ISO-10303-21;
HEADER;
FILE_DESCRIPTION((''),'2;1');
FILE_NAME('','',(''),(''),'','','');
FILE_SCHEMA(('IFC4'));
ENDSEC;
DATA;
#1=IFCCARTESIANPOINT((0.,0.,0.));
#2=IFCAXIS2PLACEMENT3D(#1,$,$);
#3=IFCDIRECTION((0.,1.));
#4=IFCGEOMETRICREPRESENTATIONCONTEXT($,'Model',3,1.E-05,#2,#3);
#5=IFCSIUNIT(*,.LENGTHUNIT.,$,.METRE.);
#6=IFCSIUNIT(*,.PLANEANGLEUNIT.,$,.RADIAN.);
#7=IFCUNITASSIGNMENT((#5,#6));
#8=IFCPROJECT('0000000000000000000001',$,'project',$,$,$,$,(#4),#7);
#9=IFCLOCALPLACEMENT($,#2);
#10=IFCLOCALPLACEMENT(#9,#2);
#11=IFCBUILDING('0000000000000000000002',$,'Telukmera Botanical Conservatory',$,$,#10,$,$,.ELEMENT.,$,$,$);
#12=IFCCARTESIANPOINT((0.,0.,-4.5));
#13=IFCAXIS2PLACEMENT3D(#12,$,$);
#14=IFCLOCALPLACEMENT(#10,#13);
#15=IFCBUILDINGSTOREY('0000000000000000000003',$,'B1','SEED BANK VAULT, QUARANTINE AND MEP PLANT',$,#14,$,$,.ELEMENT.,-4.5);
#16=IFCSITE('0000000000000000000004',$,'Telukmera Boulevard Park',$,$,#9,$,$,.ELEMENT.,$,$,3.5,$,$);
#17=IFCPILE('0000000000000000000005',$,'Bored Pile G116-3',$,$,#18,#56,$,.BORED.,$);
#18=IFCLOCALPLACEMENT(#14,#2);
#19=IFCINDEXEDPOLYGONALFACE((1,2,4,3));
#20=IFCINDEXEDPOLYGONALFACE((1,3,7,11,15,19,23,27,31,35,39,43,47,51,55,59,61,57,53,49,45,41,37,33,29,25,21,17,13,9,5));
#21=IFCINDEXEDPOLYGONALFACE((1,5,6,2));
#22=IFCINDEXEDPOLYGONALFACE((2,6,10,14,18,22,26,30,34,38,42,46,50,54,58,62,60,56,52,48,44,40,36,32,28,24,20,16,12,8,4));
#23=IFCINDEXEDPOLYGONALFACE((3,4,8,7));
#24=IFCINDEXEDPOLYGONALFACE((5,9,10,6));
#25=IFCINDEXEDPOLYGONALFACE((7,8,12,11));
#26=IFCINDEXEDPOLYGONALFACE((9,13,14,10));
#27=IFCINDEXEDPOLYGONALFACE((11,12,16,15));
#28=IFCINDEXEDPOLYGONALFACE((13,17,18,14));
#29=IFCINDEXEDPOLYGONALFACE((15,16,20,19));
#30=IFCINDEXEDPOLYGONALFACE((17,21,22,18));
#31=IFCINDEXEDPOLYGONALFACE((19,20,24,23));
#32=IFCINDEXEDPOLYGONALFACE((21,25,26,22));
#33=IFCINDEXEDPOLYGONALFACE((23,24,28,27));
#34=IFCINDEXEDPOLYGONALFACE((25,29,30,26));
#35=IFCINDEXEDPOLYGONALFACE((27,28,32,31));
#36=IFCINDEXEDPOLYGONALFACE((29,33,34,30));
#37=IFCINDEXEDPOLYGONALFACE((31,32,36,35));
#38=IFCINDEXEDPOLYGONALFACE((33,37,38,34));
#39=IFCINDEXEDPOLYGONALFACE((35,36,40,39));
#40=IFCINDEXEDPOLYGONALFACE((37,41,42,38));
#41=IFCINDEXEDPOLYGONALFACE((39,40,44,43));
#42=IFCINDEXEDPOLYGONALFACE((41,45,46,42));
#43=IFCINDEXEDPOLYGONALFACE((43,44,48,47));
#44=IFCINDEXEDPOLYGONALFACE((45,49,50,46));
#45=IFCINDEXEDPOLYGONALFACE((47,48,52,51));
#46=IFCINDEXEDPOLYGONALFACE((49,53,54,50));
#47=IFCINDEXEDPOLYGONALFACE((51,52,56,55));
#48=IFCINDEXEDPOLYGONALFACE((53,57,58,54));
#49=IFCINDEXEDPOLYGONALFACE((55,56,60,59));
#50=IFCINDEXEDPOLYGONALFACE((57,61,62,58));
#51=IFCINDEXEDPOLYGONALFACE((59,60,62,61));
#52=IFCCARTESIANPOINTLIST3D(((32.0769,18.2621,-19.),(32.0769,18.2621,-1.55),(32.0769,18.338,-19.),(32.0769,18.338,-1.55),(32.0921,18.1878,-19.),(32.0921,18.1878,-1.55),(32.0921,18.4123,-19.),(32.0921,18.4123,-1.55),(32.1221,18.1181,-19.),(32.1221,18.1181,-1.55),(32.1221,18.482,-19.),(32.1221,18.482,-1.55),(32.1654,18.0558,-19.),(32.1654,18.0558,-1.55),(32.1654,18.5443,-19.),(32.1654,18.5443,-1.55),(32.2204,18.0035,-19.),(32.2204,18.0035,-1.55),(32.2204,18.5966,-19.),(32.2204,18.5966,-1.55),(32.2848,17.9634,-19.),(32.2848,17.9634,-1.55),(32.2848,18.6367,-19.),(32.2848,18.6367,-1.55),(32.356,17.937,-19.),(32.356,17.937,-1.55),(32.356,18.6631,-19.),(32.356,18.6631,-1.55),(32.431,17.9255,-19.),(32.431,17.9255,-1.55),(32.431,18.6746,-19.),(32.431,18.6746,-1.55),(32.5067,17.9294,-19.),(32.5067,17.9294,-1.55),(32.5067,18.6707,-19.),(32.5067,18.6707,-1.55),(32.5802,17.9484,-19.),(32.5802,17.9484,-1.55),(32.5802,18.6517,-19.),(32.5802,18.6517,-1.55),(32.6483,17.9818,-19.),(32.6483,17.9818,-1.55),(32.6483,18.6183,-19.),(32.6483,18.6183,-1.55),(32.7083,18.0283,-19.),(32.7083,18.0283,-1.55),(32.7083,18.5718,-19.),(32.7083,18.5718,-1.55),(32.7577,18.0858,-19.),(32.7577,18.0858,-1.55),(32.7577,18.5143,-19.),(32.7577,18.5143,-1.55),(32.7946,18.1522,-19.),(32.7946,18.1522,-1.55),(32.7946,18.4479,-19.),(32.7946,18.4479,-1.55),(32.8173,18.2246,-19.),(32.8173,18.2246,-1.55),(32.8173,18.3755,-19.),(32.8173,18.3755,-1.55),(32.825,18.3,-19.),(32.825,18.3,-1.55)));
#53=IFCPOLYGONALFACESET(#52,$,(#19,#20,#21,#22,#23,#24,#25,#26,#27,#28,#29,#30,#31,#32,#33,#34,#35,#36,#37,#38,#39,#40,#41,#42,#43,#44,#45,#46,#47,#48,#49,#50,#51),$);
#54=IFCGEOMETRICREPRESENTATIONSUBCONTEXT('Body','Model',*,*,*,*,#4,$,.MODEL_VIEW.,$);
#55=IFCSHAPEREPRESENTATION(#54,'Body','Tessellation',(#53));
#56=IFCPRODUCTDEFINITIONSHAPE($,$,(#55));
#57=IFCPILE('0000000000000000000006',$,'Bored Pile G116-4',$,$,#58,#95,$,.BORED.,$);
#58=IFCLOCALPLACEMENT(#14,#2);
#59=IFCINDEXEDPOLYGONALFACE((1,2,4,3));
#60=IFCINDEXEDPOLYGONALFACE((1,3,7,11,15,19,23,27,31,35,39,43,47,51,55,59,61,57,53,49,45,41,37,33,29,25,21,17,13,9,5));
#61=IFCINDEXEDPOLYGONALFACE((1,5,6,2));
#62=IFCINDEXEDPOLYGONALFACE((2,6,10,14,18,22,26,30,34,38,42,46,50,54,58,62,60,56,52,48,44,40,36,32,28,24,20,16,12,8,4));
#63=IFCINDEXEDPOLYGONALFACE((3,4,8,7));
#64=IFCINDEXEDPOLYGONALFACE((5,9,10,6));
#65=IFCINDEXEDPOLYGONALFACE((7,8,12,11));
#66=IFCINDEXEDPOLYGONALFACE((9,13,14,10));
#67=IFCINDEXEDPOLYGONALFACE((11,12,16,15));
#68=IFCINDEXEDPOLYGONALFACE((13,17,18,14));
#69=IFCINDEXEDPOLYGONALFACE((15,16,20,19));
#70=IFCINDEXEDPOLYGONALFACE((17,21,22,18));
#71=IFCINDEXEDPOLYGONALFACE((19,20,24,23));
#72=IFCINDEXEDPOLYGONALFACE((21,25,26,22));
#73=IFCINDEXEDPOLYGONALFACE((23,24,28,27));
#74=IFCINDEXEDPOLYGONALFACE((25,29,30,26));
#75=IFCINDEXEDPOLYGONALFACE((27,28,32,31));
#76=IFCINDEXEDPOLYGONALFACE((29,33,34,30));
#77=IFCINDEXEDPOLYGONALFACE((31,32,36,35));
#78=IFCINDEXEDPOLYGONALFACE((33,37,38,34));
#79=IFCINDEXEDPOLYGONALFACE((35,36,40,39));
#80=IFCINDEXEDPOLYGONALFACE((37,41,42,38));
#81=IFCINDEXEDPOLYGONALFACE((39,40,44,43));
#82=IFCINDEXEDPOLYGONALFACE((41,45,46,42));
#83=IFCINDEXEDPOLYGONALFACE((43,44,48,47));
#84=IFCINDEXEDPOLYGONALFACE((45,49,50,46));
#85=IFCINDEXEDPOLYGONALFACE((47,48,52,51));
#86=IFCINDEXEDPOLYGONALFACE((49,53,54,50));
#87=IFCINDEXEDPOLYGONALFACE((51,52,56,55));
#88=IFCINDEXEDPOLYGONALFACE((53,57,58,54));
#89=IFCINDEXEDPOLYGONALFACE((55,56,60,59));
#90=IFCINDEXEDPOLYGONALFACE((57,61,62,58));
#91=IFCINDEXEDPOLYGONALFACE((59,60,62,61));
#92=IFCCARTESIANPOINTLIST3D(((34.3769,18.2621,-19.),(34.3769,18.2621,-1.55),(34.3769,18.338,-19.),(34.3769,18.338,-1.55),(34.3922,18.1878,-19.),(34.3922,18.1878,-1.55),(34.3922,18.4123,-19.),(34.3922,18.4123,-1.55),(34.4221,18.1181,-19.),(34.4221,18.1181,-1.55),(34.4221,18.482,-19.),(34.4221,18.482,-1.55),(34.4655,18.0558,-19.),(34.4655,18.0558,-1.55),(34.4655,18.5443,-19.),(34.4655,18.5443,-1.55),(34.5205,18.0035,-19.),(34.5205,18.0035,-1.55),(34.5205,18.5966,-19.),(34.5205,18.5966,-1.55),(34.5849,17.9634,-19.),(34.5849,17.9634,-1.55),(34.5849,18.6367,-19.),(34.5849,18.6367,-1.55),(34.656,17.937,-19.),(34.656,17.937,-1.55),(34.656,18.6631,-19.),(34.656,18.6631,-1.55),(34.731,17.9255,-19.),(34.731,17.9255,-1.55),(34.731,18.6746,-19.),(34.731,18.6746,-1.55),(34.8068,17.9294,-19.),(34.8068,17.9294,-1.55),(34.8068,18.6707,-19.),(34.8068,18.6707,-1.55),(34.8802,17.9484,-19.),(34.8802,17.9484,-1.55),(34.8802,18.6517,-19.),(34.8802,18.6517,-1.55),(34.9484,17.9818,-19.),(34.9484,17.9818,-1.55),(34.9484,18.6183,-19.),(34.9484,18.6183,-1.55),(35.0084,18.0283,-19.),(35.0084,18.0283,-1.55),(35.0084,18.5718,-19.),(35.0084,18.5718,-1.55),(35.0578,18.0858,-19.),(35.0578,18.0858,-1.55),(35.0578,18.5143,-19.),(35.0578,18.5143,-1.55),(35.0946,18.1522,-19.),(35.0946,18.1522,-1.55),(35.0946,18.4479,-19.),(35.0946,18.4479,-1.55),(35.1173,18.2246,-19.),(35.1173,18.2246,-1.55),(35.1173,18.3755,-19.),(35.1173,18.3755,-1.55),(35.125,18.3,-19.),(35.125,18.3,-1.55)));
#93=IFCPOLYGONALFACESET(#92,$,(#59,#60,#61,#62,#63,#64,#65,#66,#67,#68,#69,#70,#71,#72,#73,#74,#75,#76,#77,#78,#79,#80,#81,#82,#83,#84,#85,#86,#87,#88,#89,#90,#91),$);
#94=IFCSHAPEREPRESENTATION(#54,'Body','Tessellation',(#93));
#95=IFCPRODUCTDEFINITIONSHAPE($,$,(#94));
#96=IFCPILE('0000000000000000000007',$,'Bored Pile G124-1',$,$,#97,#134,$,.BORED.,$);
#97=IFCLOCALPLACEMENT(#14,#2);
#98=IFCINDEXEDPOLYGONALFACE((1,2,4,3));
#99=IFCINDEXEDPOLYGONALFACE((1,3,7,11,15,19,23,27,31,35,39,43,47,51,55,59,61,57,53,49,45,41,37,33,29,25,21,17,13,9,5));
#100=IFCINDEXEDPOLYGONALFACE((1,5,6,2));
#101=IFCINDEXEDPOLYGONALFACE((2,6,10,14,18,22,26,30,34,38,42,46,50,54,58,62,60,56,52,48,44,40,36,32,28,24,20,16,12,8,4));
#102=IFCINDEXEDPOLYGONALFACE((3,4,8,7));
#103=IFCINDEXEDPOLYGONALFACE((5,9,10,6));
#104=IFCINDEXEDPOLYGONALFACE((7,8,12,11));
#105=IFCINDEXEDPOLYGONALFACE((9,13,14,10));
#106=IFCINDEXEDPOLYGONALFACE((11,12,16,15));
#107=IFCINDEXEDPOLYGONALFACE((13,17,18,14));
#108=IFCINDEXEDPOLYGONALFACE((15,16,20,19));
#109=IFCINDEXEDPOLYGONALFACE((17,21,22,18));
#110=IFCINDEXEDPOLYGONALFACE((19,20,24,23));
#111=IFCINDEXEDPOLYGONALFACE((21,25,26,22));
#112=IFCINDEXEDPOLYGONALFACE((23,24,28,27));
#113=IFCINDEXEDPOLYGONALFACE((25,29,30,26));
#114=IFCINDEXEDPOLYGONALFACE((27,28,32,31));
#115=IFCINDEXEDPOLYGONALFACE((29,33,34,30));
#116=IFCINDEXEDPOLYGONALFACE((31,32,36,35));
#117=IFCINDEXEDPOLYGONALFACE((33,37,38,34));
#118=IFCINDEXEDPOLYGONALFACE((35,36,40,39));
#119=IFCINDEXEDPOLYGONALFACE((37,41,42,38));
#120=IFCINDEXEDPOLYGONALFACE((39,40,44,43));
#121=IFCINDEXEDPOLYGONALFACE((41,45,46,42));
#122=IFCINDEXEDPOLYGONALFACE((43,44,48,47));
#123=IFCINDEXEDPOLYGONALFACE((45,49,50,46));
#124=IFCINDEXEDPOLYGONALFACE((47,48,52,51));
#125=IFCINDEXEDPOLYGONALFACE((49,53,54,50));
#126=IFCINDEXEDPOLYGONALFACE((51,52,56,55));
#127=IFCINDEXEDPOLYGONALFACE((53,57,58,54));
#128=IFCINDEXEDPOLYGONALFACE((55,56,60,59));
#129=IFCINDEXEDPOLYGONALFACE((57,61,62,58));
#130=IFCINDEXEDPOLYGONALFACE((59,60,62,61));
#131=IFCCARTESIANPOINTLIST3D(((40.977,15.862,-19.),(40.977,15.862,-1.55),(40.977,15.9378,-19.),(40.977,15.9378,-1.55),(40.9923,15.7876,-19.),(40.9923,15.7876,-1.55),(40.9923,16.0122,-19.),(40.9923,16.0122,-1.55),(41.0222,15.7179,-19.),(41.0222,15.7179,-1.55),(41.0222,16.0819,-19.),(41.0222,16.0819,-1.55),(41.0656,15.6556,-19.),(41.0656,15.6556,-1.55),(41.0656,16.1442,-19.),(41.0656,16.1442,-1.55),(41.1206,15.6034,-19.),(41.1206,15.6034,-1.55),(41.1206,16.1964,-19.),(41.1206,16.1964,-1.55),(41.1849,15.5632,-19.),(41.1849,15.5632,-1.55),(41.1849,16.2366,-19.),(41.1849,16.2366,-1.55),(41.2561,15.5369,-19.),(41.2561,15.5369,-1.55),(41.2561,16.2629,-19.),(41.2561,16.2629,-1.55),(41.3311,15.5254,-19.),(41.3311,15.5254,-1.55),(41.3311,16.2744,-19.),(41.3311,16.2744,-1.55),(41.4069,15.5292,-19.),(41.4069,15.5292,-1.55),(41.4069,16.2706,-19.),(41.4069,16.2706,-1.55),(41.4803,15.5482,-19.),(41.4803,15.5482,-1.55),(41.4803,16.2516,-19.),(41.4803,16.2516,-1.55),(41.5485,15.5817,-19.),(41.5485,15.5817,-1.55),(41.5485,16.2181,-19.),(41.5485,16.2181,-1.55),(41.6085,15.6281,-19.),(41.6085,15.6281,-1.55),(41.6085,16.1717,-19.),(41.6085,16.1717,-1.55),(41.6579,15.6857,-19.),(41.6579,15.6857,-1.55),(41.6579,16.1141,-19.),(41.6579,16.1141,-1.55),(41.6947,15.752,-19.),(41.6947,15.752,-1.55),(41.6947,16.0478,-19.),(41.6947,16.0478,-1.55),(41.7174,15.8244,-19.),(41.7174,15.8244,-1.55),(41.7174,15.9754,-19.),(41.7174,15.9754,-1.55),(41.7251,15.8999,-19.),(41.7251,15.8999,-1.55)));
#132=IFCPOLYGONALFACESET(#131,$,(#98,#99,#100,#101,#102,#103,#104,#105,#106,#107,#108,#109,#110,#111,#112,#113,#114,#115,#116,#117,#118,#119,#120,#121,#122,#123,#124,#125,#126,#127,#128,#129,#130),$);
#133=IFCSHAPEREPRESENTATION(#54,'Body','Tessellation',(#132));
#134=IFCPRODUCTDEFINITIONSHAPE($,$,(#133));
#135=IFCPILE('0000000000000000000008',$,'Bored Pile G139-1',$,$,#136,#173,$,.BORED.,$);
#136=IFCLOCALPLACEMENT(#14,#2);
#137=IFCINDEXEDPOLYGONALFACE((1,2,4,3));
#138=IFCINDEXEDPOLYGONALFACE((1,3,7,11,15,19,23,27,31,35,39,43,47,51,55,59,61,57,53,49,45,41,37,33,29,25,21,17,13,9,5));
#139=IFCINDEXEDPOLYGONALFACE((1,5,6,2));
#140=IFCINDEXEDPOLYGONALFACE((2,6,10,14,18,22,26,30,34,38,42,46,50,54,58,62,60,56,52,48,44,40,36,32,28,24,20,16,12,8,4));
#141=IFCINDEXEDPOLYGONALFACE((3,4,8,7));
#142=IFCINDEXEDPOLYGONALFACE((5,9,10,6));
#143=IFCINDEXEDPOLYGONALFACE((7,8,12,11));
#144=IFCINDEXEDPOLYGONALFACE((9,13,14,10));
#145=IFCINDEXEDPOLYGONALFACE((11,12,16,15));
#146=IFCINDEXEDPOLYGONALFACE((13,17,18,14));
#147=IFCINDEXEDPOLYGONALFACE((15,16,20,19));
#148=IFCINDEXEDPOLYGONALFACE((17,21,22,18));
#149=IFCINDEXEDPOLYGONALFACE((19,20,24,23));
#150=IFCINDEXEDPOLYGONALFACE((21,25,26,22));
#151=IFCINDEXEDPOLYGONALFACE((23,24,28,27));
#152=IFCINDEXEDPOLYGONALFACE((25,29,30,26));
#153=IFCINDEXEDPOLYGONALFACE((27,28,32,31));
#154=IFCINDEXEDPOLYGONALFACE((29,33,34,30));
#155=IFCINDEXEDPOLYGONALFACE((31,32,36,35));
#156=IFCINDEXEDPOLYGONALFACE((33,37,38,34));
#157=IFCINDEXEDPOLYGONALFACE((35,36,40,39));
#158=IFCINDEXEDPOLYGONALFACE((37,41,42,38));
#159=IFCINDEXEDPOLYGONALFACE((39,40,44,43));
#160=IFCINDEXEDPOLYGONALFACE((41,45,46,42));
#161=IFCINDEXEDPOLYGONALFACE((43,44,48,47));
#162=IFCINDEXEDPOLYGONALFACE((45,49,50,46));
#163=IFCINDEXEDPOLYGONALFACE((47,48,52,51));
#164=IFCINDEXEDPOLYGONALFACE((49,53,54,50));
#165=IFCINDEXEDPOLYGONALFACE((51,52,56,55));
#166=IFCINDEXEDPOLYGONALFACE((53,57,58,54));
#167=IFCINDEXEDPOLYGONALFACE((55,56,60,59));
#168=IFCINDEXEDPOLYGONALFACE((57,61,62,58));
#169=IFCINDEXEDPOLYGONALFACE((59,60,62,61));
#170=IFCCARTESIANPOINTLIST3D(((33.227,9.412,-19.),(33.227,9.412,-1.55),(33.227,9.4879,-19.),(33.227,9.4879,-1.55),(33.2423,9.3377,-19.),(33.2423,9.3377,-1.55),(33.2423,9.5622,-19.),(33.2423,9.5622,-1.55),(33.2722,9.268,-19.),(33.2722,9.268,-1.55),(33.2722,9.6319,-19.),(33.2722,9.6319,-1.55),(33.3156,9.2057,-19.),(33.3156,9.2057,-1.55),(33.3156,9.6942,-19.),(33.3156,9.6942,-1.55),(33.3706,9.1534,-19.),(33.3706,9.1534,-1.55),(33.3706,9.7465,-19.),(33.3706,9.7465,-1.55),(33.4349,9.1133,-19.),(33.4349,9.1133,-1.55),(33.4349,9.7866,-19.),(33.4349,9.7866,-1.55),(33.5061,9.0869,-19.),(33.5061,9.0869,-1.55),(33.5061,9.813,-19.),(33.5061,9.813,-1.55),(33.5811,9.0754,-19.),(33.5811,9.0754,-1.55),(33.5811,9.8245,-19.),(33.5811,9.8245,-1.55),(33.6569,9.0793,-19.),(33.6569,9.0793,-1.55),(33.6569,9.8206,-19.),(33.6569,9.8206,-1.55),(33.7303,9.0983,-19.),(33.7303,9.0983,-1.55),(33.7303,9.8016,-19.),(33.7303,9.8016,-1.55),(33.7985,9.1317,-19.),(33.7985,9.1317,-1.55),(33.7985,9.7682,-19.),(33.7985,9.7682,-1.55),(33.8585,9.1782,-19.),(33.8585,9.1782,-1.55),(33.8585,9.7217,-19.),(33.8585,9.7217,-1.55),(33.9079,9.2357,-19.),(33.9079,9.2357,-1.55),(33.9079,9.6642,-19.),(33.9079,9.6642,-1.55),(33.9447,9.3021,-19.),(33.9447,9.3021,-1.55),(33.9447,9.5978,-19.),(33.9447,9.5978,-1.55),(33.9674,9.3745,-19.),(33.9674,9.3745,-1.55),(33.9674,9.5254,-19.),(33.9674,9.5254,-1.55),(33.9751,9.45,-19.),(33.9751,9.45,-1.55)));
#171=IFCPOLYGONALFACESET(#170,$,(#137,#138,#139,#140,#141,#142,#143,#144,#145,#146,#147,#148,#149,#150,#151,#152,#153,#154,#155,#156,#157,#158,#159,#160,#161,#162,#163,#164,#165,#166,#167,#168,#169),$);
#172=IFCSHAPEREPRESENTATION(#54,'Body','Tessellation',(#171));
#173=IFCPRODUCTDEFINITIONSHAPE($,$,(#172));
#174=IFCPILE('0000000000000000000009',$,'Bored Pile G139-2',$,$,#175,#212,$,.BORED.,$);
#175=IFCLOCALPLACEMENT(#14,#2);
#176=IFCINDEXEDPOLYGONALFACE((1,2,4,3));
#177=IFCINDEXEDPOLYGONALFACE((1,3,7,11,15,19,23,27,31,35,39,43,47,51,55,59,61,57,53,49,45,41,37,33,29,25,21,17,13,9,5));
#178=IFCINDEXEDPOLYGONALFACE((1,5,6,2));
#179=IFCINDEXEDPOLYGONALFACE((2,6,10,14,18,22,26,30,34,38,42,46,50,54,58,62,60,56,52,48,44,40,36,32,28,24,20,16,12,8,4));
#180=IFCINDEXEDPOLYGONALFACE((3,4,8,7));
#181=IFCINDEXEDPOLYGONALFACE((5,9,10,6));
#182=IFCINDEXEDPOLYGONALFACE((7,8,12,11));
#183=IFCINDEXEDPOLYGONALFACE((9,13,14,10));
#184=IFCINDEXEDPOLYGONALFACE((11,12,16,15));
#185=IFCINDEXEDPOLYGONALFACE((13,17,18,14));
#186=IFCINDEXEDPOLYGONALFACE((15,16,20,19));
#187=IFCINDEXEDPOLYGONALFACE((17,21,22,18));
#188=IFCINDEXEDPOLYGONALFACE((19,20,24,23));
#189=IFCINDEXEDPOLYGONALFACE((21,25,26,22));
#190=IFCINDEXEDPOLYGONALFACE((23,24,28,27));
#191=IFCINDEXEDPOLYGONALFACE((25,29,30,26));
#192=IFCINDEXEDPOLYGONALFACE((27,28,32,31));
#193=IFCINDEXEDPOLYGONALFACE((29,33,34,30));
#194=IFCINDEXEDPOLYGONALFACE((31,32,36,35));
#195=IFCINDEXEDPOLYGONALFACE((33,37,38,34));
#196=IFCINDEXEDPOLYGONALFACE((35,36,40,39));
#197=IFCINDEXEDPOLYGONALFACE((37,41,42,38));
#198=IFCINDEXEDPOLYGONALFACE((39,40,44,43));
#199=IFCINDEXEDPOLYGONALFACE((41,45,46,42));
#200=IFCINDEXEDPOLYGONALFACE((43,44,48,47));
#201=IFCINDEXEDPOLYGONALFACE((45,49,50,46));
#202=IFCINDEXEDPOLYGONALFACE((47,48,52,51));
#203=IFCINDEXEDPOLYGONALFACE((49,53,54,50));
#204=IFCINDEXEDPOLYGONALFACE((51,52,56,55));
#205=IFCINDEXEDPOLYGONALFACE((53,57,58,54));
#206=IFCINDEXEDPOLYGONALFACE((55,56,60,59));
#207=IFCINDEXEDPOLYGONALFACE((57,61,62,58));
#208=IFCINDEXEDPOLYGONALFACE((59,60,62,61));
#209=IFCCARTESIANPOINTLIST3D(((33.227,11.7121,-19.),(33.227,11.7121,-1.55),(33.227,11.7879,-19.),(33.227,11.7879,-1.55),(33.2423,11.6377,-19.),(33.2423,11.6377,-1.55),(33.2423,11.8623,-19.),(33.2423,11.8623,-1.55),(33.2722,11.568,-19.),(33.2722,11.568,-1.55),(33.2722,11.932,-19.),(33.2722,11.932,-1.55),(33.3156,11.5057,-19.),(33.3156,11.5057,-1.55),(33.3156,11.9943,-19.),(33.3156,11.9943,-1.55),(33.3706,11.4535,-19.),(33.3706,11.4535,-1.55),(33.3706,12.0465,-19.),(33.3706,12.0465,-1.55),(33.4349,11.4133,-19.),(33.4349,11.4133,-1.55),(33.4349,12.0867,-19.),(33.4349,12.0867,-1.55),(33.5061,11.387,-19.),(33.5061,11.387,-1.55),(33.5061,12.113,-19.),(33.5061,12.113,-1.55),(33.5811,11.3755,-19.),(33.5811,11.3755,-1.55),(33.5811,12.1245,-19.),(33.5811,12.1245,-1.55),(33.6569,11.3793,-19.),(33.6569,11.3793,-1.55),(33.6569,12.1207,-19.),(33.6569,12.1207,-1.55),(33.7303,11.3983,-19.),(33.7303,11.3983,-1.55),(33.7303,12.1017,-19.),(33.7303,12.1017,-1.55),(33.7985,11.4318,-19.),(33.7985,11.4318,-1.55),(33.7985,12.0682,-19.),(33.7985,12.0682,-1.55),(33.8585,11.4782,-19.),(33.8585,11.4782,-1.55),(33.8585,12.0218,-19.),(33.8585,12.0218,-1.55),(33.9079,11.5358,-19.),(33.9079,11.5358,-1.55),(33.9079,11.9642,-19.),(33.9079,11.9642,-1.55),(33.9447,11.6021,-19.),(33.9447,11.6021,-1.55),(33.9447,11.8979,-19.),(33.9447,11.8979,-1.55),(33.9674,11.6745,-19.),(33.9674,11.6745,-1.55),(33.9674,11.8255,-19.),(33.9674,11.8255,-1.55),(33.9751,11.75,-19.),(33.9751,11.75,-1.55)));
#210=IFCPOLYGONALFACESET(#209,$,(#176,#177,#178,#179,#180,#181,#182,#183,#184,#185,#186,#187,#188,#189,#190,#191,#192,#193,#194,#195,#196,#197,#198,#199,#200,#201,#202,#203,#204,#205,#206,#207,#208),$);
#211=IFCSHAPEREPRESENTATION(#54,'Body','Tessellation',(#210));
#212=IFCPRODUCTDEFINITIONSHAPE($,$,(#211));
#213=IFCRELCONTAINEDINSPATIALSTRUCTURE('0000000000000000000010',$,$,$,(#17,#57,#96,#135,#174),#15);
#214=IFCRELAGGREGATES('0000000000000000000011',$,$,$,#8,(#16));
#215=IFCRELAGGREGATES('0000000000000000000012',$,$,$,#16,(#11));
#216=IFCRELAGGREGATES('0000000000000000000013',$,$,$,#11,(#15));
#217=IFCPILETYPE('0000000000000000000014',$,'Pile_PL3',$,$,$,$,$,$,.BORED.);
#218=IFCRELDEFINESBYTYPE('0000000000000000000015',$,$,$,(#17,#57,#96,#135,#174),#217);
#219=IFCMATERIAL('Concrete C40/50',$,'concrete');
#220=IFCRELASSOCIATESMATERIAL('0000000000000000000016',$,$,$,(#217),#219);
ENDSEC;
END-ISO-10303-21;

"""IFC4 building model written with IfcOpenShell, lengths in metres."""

from ifc_helpers import new_model, si_unit, direction, frame, origin, origin_2d, place, context, subcontext, project, spatial, circle, extrude, material, material_profile, profile_set, type_object, element, save


model = new_model("IFC4")

# Units and contexts
model_context = context("Model", 3, precision=1e-05, world=origin(), true_north=direction((0.0, 1.0)))
body_context = subcontext(model_context, "Body", "Model", "MODEL_VIEW")
ifc_project = project(units=[si_unit("LENGTHUNIT", "METRE"), si_unit("PLANEANGLEUNIT", "RADIAN")], contexts=[model_context])

# Site, building, storey
site_placement = place(None, origin())
site = spatial("IfcSite", under=ifc_project, at=site_placement, Name="Telukmera Boulevard Park", CompositionType="ELEMENT", RefElevation=3.5)
building_placement = place(site_placement, origin())
building = spatial("IfcBuilding", under=site, at=building_placement, Name="Telukmera Botanical Conservatory", CompositionType="ELEMENT")
storey_placement = place(building_placement, frame((0.0, 0.0, -4.5)))
storey = spatial("IfcBuildingStorey", under=building, at=storey_placement, Name="B1", Description="SEED BANK VAULT, QUARANTINE AND MEP PLANT", CompositionType="ELEMENT", Elevation=-4.5)

# Shared definitions
ifc_material_1 = material(Name="Concrete C40/50", Category="concrete")

# Piles
ifc_material_profile_1 = material_profile(ifc_material_1, circle(Radius=0.375, at=origin_2d()), Name="PILE D750")
ifc_profile_set_1 = profile_set([ifc_material_profile_1], Name="Concrete C40/50")
pile_type = type_object("IfcPileType", Name="Pile_PL3", PredefinedType="BORED", material=ifc_profile_set_1)
for number, where, z_axis, x_axis, name in (
    (1, (32.45, 18.3, -1.55), (0.0, 0.0, -1.0), (1.0, 0.0, 0.0), "Bored Pile G116-3"),
    (2, (34.75, 18.3, -1.55), (0.0, 0.0, -1.0), (1.0, 0.0, 0.0), "Bored Pile G116-4"),
    (3, (41.3501, 15.8999, -1.55), (0.0, 0.0, -1.0), (1.0, 0.0, 0.0), "Bored Pile G124-1"),
    (4, (33.6001, 9.45, -1.55), (0.0, 0.0, -1.0), (1.0, 0.0, 0.0), "Bored Pile G139-1"),
    (5, (33.6001, 11.75, -1.55), (0.0, 0.0, -1.0), (1.0, 0.0, 0.0), "Bored Pile G139-2"),
):
    element("IfcPile", number, at=place(storey_placement, frame(where, z_axis=z_axis, x_axis=x_axis)), inside=storey, type_object=pile_type, Name=name, PredefinedType="BORED", context=body_context, shape_type="SweptSolid", body=[
        extrude(circle(Radius=0.375, at=origin_2d()), origin(), (0.0, 0.0, 1.0), 17.45),
    ])

save(model, "model.ifc")
